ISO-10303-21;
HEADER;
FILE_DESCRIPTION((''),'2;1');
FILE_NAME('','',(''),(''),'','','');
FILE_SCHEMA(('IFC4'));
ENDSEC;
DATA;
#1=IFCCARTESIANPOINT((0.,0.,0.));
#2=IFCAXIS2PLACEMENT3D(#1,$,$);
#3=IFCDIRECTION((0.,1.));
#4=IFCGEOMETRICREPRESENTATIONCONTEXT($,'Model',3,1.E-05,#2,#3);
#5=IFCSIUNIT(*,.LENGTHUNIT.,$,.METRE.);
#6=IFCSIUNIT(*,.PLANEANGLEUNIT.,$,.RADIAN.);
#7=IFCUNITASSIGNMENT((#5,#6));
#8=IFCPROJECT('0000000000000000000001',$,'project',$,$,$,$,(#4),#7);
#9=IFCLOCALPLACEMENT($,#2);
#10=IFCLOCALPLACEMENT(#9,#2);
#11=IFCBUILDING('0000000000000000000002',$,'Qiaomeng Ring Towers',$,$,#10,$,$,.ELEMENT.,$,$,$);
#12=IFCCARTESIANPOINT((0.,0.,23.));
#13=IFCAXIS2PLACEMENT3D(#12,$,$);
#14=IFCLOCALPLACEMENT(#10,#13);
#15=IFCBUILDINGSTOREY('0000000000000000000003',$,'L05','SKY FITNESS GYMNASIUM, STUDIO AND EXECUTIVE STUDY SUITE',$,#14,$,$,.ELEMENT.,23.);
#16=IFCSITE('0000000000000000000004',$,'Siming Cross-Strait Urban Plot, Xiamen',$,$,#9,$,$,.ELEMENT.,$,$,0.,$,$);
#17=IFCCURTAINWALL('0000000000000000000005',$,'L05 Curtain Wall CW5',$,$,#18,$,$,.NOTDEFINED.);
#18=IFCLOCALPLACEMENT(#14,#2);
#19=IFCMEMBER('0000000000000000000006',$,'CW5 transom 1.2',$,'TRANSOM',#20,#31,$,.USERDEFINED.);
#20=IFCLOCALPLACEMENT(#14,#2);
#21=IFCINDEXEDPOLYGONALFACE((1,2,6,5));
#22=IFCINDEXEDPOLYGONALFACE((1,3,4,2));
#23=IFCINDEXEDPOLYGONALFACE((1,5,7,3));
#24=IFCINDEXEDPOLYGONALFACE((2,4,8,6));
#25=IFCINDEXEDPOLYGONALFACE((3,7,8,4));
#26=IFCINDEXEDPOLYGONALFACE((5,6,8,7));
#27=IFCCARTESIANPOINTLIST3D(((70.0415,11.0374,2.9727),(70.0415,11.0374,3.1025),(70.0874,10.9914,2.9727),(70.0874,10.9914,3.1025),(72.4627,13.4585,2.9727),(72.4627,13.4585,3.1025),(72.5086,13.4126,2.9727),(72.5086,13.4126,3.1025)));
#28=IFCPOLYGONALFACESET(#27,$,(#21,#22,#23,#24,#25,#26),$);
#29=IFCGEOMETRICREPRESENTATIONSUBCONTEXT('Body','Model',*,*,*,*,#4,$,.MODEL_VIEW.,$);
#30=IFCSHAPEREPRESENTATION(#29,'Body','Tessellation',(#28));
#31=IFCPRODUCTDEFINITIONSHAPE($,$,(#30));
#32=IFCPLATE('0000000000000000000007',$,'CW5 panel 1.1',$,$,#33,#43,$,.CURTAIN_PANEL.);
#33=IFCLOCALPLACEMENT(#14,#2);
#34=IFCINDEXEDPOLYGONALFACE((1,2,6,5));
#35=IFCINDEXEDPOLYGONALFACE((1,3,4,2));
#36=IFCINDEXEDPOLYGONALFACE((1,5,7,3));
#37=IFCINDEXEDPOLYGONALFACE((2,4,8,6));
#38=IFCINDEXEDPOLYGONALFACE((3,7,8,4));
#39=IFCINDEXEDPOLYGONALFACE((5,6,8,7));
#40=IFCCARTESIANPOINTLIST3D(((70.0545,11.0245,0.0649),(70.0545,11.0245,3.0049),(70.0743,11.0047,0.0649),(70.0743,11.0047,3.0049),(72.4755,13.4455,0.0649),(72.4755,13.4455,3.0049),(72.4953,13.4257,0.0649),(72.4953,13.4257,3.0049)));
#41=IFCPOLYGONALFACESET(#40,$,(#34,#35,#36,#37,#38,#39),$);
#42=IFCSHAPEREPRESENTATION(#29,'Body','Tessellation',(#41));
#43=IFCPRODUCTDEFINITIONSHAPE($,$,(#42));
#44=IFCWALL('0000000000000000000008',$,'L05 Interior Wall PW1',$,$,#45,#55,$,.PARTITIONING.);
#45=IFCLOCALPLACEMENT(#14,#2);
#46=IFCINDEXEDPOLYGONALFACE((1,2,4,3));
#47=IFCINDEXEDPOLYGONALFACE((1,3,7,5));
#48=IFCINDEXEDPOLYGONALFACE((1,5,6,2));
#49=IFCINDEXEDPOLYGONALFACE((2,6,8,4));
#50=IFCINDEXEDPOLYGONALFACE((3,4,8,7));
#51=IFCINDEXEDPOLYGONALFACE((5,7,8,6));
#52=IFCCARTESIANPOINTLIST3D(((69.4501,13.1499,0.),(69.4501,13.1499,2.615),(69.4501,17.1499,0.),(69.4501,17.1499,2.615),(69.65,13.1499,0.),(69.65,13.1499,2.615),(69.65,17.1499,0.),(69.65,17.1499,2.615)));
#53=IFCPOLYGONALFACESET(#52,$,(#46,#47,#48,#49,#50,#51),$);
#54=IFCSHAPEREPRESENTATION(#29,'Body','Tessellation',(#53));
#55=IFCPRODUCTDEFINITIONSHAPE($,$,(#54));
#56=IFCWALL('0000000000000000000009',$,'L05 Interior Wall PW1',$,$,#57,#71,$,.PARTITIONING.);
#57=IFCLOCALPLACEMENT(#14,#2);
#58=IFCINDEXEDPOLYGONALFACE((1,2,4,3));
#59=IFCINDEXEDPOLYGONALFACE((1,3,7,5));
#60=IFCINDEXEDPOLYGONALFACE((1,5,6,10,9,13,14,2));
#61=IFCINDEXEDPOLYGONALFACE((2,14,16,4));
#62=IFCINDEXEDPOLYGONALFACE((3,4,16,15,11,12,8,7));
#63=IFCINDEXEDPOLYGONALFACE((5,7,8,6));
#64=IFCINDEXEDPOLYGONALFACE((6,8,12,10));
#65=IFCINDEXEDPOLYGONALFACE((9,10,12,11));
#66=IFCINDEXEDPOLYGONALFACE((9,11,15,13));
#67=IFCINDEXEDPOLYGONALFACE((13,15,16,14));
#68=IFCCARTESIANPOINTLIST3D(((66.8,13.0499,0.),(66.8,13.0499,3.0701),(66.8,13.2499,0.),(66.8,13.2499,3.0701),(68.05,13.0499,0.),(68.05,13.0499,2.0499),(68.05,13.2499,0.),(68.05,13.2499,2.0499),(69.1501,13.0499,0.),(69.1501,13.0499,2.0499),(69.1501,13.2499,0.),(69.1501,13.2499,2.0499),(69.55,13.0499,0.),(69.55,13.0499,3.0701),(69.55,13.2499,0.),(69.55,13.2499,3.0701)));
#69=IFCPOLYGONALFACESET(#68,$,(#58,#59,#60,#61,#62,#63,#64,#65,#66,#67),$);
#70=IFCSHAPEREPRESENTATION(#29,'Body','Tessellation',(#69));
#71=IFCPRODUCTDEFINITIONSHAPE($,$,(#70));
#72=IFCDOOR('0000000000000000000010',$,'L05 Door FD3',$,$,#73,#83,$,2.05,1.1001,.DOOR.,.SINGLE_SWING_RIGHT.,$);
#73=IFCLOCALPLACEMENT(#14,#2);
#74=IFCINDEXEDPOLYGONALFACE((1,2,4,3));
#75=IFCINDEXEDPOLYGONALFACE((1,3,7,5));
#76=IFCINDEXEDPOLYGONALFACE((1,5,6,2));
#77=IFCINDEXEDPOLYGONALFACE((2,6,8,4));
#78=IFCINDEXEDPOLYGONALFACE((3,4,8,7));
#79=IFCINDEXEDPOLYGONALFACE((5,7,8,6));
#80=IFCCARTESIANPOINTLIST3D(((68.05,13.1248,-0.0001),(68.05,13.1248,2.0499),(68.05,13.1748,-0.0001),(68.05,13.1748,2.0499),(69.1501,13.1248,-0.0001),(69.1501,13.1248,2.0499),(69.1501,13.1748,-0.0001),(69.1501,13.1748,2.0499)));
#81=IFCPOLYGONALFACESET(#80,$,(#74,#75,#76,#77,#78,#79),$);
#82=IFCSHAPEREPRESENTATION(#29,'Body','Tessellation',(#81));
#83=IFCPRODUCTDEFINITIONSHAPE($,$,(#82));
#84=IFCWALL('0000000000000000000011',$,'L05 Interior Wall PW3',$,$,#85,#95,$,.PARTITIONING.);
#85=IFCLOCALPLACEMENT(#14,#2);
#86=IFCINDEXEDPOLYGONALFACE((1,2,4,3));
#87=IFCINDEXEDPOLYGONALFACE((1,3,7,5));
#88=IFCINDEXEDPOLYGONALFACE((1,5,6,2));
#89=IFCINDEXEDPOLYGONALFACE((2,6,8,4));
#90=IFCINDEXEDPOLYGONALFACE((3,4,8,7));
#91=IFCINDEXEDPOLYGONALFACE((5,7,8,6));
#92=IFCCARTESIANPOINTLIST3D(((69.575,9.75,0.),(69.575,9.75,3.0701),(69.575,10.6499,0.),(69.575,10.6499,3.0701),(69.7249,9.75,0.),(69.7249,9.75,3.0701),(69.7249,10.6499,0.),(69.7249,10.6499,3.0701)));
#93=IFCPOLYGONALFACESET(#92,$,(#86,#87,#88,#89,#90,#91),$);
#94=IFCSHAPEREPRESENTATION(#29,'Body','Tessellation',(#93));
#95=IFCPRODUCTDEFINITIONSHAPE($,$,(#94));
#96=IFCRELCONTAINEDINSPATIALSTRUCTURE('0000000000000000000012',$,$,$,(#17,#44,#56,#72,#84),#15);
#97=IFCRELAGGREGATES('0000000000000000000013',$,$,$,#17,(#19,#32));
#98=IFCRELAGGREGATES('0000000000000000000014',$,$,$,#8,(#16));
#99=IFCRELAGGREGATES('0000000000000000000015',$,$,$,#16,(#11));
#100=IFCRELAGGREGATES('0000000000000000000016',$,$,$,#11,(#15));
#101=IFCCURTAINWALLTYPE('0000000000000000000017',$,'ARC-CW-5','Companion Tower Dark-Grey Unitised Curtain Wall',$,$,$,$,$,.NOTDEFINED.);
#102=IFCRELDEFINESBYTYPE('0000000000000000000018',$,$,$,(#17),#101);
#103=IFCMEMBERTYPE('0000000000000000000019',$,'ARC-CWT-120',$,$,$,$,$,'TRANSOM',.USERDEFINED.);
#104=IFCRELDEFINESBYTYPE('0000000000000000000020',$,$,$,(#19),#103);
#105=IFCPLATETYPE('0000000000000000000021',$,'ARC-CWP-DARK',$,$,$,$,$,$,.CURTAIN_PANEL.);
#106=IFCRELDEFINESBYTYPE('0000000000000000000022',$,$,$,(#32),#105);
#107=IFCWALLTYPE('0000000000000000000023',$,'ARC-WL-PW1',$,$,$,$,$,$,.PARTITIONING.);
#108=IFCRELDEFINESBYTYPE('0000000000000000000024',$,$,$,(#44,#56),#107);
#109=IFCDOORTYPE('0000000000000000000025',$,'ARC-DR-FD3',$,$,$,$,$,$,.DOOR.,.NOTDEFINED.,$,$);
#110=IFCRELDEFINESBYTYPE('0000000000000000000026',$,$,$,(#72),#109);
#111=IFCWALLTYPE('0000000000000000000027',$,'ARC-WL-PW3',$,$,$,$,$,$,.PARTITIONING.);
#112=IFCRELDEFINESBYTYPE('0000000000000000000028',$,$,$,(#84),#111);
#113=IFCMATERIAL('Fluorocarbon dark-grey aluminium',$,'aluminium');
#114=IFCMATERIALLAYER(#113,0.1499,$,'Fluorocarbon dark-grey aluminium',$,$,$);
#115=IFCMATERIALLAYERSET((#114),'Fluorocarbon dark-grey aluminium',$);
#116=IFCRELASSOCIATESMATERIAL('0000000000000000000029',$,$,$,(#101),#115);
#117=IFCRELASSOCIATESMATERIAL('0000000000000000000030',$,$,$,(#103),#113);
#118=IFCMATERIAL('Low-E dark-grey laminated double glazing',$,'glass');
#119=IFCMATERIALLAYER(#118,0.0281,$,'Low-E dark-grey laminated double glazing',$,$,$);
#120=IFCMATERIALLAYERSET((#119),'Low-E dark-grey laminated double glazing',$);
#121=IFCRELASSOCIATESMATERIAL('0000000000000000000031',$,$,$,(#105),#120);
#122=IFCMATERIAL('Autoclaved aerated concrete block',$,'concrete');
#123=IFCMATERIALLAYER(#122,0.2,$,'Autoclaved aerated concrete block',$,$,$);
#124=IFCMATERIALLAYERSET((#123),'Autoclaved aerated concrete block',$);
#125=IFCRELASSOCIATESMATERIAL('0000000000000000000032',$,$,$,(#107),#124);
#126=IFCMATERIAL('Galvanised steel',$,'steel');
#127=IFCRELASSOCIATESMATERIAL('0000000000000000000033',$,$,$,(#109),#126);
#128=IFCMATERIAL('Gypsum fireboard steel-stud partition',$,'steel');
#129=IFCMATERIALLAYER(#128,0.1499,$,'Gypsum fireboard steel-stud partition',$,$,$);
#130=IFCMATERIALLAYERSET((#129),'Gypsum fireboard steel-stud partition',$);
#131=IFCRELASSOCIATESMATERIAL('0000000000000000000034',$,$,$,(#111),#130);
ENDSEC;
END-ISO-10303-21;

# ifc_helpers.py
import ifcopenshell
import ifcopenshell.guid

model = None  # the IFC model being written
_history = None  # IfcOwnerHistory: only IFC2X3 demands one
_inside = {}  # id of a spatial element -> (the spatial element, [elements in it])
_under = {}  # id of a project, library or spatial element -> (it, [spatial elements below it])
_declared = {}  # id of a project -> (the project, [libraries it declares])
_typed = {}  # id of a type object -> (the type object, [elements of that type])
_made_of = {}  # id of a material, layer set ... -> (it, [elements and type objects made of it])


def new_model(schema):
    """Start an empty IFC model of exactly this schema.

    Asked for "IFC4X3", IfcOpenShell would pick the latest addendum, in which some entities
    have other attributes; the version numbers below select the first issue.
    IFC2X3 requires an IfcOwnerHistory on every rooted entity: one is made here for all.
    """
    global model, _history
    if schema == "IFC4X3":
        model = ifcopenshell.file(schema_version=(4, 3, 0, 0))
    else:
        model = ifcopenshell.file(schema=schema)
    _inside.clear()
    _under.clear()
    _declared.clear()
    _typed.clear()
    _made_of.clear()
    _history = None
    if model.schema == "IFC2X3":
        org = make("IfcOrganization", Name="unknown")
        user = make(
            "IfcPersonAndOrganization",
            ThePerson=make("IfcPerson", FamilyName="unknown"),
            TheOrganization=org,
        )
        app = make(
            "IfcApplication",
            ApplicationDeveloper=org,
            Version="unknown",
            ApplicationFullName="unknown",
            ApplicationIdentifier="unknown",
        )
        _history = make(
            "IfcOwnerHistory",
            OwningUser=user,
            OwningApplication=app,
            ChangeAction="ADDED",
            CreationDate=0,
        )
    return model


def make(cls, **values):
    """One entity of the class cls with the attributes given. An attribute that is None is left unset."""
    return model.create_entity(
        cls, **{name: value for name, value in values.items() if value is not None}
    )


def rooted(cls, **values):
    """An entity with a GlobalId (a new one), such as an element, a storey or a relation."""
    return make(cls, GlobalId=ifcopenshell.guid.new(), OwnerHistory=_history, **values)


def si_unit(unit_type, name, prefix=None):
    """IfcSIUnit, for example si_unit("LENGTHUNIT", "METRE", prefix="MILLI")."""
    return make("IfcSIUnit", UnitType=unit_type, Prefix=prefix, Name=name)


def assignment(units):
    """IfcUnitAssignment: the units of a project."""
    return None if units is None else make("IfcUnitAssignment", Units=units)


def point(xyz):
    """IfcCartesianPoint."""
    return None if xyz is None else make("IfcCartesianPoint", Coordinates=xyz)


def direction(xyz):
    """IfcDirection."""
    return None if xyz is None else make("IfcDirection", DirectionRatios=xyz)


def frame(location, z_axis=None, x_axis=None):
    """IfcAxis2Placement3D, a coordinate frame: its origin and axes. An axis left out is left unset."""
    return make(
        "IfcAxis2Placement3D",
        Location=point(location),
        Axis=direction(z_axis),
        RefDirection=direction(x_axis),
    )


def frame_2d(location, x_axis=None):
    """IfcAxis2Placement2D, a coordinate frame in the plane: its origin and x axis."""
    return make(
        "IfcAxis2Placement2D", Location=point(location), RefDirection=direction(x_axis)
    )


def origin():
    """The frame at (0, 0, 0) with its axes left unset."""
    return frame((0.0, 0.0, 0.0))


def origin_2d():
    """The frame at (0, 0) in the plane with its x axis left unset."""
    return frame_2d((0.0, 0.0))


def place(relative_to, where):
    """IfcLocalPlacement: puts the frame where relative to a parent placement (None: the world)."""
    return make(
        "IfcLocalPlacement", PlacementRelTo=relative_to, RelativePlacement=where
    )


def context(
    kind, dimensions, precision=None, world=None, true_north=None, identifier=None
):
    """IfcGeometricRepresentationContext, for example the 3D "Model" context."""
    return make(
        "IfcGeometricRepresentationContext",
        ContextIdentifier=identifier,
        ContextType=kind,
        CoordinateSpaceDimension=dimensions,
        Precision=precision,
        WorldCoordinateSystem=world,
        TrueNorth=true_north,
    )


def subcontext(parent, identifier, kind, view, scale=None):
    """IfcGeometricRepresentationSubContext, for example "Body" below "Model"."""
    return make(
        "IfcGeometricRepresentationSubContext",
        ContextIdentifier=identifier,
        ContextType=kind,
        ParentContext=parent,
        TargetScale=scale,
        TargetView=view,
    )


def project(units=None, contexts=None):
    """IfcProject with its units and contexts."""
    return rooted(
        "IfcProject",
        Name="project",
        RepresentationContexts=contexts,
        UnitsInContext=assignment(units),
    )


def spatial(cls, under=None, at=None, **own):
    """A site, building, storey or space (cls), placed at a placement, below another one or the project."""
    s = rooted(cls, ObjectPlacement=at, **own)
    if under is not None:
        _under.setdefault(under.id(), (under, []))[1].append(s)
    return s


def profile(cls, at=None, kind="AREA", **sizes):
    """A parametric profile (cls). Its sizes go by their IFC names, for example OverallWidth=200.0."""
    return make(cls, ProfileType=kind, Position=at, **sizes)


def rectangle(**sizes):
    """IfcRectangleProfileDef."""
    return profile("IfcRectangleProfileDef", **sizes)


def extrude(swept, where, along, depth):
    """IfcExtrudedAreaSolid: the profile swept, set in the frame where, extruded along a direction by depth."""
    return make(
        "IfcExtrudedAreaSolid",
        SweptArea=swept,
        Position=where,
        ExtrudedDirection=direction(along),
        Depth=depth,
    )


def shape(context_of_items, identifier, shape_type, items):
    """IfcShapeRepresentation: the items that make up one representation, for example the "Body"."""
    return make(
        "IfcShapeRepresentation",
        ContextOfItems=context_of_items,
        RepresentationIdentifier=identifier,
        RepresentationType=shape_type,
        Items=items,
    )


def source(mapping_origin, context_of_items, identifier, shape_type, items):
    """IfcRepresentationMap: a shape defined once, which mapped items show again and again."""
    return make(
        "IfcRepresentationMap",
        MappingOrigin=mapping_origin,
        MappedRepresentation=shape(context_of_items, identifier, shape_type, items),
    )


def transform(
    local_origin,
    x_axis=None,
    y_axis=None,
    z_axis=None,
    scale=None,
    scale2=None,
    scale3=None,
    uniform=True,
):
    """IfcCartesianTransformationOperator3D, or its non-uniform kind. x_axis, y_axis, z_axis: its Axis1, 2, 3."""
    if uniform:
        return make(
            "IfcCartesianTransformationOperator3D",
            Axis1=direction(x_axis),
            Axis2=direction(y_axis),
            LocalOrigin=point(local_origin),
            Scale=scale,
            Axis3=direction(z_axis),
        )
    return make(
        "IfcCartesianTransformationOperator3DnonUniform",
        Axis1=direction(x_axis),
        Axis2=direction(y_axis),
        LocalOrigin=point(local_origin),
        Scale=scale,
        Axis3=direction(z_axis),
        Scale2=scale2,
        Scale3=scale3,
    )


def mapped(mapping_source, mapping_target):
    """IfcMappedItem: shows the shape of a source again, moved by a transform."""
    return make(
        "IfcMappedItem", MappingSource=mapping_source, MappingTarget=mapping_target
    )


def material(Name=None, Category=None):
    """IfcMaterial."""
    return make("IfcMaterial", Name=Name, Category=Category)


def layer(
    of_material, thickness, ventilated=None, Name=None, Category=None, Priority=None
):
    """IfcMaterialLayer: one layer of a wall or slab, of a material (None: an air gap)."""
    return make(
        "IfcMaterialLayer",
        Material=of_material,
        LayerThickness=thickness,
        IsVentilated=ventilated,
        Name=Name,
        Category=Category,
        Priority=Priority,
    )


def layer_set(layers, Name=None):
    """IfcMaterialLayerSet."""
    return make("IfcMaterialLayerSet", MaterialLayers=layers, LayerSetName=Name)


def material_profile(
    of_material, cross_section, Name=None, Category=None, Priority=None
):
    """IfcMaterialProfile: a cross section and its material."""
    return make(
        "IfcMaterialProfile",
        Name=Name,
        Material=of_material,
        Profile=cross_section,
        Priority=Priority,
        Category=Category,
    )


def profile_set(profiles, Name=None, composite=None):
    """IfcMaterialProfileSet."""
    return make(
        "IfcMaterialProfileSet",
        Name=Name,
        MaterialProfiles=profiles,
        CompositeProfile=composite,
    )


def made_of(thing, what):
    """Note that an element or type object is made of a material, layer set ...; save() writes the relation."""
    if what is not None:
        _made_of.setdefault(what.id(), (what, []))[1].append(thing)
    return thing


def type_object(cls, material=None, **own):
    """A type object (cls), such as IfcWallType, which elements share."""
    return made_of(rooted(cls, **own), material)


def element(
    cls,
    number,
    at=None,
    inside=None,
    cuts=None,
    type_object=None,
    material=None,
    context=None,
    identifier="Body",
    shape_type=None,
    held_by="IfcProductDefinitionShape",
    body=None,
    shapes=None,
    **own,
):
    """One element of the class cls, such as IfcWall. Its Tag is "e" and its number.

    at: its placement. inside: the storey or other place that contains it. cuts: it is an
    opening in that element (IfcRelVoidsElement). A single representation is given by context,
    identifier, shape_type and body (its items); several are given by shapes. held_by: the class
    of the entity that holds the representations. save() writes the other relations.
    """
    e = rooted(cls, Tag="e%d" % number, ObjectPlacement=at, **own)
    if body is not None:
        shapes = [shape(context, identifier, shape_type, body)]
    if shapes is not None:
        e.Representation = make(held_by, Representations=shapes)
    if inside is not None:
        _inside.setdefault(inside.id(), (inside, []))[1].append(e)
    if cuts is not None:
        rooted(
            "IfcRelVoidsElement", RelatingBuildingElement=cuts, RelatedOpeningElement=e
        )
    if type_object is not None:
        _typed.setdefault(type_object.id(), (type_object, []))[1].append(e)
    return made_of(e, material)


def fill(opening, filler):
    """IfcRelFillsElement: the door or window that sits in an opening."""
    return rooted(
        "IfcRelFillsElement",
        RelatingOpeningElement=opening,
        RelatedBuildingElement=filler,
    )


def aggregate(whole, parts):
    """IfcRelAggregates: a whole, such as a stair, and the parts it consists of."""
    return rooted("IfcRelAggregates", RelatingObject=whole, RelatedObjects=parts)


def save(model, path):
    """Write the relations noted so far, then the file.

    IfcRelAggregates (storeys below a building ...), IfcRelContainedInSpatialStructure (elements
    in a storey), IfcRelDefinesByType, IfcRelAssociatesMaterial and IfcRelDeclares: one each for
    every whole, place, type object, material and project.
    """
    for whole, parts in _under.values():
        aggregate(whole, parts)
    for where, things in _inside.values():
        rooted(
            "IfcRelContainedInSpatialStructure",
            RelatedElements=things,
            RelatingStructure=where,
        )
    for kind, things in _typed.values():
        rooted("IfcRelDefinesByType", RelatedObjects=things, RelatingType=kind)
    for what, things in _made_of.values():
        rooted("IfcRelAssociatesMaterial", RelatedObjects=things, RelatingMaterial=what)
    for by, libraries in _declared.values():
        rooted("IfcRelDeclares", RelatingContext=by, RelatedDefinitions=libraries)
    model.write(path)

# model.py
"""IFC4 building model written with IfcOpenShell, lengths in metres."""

from ifc_helpers import new_model, si_unit, direction, frame, frame_2d, origin, origin_2d, place, context, subcontext, project, spatial, rectangle, extrude, source, transform, mapped, material, layer, layer_set, material_profile, profile_set, type_object, element, fill, aggregate, save


model = new_model("IFC4")

# Units and contexts
model_context = context("Model", 3, precision=1e-05, world=origin(), true_north=direction((0.0, 1.0)))
body_context = subcontext(model_context, "Body", "Model", "MODEL_VIEW")
ifc_project = project(units=[si_unit("LENGTHUNIT", "METRE"), si_unit("PLANEANGLEUNIT", "RADIAN")], contexts=[model_context])

# Site, building, storey
site_placement = place(None, origin())
site = spatial("IfcSite", under=ifc_project, at=site_placement, Name="Siming Cross-Strait Urban Plot, Xiamen", CompositionType="ELEMENT", RefElevation=0.0)
building_placement = place(site_placement, origin())
building = spatial("IfcBuilding", under=site, at=building_placement, Name="Qiaomeng Ring Towers", CompositionType="ELEMENT")
storey_placement = place(building_placement, frame((0.0, 0.0, 23.0)))
storey = spatial("IfcBuildingStorey", under=building, at=storey_placement, Name="L05", Description="SKY FITNESS GYMNASIUM, STUDIO AND EXECUTIVE STUDY SUITE", CompositionType="ELEMENT", Elevation=23.0)

# Curtain wall
ifc_material_1 = material(Name="Fluorocarbon dark-grey aluminium", Category="aluminium")
ifc_layer_1 = layer(ifc_material_1, 0.1499, Name="Fluorocarbon dark-grey aluminium")
ifc_layer_set_1 = layer_set([ifc_layer_1], Name="Fluorocarbon dark-grey aluminium")
curtain_wall_type = type_object("IfcCurtainWallType", Name="ARC-CW-5", Description="Companion Tower Dark-Grey Unitised Curtain Wall", PredefinedType="NOTDEFINED", material=ifc_layer_set_1)
curtain_wall_1_placement = place(storey_placement, origin())
curtain_wall_1 = element("IfcCurtainWall", 1, at=curtain_wall_1_placement, inside=storey, type_object=curtain_wall_type, Name="L05 Curtain Wall CW5", PredefinedType="NOTDEFINED")

# Member
ifc_material_profile_1 = material_profile(ifc_material_1, rectangle(XDim=0.0649, YDim=0.1299, at=origin_2d()), Name="ALU TRAN 65x130")
ifc_profile_set_1 = profile_set([ifc_material_profile_1], Name="Fluorocarbon dark-grey aluminium")
member_type_1 = type_object("IfcMemberType", Name="ARC-CWT-120", ElementType="TRANSOM", PredefinedType="USERDEFINED", material=ifc_profile_set_1)
shared_shape_1 = source(origin(), body_context, "Body", "SweptSolid", [
    extrude(rectangle(XDim=0.0649, YDim=0.1299, at=origin_2d()), origin(), (0.0, 0.0, 1.0), 3.4241),
])
member_1_placement = place(storey_placement, frame((70.0645, 11.0144, 3.0376), z_axis=(0.707107, 0.707107, 0.0), x_axis=(-0.707107, 0.707107, 0.0)))
member_1 = element("IfcMember", 2, at=member_1_placement, type_object=member_type_1, Name="CW5 transom 1.2", ObjectType="TRANSOM", PredefinedType="USERDEFINED", context=body_context, shape_type="MappedRepresentation", body=[
    mapped(shared_shape_1, transform((0.0, 0.0, 0.0), x_axis=(1.0, 0.0, 0.0), y_axis=(0.0, 1.0, 0.0), z_axis=(0.0, 0.0, 1.0), scale=1.0)),
])

# Plate
ifc_material_2 = material(Name="Low-E dark-grey laminated double glazing", Category="glass")
ifc_layer_2 = layer(ifc_material_2, 0.0281, Name="Low-E dark-grey laminated double glazing")
ifc_layer_set_2 = layer_set([ifc_layer_2], Name="Low-E dark-grey laminated double glazing")
plate_type = type_object("IfcPlateType", Name="ARC-CWP-DARK", PredefinedType="CURTAIN_PANEL", material=ifc_layer_set_2)
shared_shape_2 = source(origin(), body_context, "Body", "SweptSolid", [
    extrude(rectangle(XDim=3.4238, YDim=0.0281, at=origin_2d()), origin(), (0.0, 0.0, 1.0), 2.9399),
])
plate_placement = place(storey_placement, frame((71.2749, 12.2251, 0.0649), z_axis=(0.0, 0.0, 1.0), x_axis=(0.707107, 0.707107, 0.0)))
plate = element("IfcPlate", 3, at=plate_placement, type_object=plate_type, Name="CW5 panel 1.1", PredefinedType="CURTAIN_PANEL", context=body_context, shape_type="MappedRepresentation", body=[
    mapped(shared_shape_2, transform((0.0, 0.0, 0.0), x_axis=(1.0, 0.0, 0.0), y_axis=(0.0, 1.0, 0.0), z_axis=(0.0, 0.0, 1.0), scale=1.0)),
])
aggregate(curtain_wall_1, [member_1, plate])

# Wall
ifc_material_3 = material(Name="Autoclaved aerated concrete block", Category="concrete")
ifc_layer_3 = layer(ifc_material_3, 0.2, Name="Autoclaved aerated concrete block")
ifc_layer_set_3 = layer_set([ifc_layer_3], Name="Autoclaved aerated concrete block")
wall_type_1 = type_object("IfcWallType", Name="ARC-WL-PW1", PredefinedType="PARTITIONING", material=ifc_layer_set_3)
wall_1_placement = place(storey_placement, frame((69.55, 13.1499, 0.0), z_axis=(0.0, 0.0, 1.0), x_axis=(0.0, 1.0, 0.0)))
element("IfcWall", 4, at=wall_1_placement, inside=storey, type_object=wall_type_1, Name="L05 Interior Wall PW1", PredefinedType="PARTITIONING", context=body_context, shape_type="SweptSolid", body=[
    extrude(rectangle(XDim=4.0, YDim=0.2, at=frame_2d((2.0, 0.0))), origin(), (0.0, 0.0, 1.0), 2.615),
])

# Wall, opening, door
wall_2_placement = place(storey_placement, frame((66.8, 13.1499, 0.0), z_axis=(0.0, 0.0, 1.0), x_axis=(1.0, 0.0, 0.0)))
wall_2 = element("IfcWall", 5, at=wall_2_placement, inside=storey, type_object=wall_type_1, Name="L05 Interior Wall PW1", PredefinedType="PARTITIONING", context=body_context, shape_type="SweptSolid", body=[
    extrude(rectangle(XDim=2.75, YDim=0.2, at=frame_2d((1.375, 0.0))), origin(), (0.0, 0.0, 1.0), 3.0701),
])
opening_placement = place(wall_2_placement, frame((1.25, 0.0, 0.0)))
opening = element("IfcOpeningElement", 6, at=opening_placement, cuts=wall_2, PredefinedType="OPENING", context=body_context, shape_type="SweptSolid", body=[
    extrude(rectangle(XDim=1.1001, YDim=2.05, at=frame_2d((0.55, 1.0249))), frame((0.0, 0.1099, 0.0), z_axis=(0.0, -1.0, 0.0), x_axis=(1.0, 0.0, 0.0)), (0.0, 0.0, 1.0), 0.22),
])
ifc_material_4 = material(Name="Galvanised steel", Category="steel")
door_type = type_object("IfcDoorType", Name="ARC-DR-FD3", OperationType="NOTDEFINED", PredefinedType="DOOR", material=ifc_material_4)
shared_shape_3 = source(origin(), body_context, "Body", "SweptSolid", [
    extrude(rectangle(XDim=1.1001, YDim=2.05, at=frame_2d((0.55, 1.0249))), frame((0.0, 0.0249, 0.0), z_axis=(0.0, -1.0, 0.0), x_axis=(1.0, 0.0, 0.0)), (0.0, 0.0, 1.0), 0.05),
])
door_placement = place(opening_placement, origin())
door = element("IfcDoor", 7, at=door_placement, inside=storey, type_object=door_type, Name="L05 Door FD3", OperationType="SINGLE_SWING_RIGHT", OverallHeight=2.05, OverallWidth=1.1001, PredefinedType="DOOR", context=body_context, shape_type="MappedRepresentation", body=[
    mapped(shared_shape_3, transform((0.0, 0.0, 0.0), x_axis=(1.0, 0.0, 0.0), y_axis=(0.0, 1.0, 0.0), z_axis=(0.0, 0.0, 1.0), scale=1.0)),
])
fill(opening, door)

# Wall
ifc_material_5 = material(Name="Gypsum fireboard steel-stud partition", Category="steel")
ifc_layer_4 = layer(ifc_material_5, 0.1499, Name="Gypsum fireboard steel-stud partition")
ifc_layer_set_4 = layer_set([ifc_layer_4], Name="Gypsum fireboard steel-stud partition")
wall_type_2 = type_object("IfcWallType", Name="ARC-WL-PW3", PredefinedType="PARTITIONING", material=ifc_layer_set_4)
wall_3_placement = place(storey_placement, frame((69.6499, 9.75, 0.0), z_axis=(0.0, 0.0, 1.0), x_axis=(0.0, 1.0, 0.0)))
element("IfcWall", 8, at=wall_3_placement, inside=storey, type_object=wall_type_2, Name="L05 Interior Wall PW3", PredefinedType="PARTITIONING", context=body_context, shape_type="SweptSolid", body=[
    extrude(rectangle(XDim=0.8999, YDim=0.1499, at=frame_2d((0.45, 0.0))), origin(), (0.0, 0.0, 1.0), 3.0701),
])

save(model, "model.ifc")
